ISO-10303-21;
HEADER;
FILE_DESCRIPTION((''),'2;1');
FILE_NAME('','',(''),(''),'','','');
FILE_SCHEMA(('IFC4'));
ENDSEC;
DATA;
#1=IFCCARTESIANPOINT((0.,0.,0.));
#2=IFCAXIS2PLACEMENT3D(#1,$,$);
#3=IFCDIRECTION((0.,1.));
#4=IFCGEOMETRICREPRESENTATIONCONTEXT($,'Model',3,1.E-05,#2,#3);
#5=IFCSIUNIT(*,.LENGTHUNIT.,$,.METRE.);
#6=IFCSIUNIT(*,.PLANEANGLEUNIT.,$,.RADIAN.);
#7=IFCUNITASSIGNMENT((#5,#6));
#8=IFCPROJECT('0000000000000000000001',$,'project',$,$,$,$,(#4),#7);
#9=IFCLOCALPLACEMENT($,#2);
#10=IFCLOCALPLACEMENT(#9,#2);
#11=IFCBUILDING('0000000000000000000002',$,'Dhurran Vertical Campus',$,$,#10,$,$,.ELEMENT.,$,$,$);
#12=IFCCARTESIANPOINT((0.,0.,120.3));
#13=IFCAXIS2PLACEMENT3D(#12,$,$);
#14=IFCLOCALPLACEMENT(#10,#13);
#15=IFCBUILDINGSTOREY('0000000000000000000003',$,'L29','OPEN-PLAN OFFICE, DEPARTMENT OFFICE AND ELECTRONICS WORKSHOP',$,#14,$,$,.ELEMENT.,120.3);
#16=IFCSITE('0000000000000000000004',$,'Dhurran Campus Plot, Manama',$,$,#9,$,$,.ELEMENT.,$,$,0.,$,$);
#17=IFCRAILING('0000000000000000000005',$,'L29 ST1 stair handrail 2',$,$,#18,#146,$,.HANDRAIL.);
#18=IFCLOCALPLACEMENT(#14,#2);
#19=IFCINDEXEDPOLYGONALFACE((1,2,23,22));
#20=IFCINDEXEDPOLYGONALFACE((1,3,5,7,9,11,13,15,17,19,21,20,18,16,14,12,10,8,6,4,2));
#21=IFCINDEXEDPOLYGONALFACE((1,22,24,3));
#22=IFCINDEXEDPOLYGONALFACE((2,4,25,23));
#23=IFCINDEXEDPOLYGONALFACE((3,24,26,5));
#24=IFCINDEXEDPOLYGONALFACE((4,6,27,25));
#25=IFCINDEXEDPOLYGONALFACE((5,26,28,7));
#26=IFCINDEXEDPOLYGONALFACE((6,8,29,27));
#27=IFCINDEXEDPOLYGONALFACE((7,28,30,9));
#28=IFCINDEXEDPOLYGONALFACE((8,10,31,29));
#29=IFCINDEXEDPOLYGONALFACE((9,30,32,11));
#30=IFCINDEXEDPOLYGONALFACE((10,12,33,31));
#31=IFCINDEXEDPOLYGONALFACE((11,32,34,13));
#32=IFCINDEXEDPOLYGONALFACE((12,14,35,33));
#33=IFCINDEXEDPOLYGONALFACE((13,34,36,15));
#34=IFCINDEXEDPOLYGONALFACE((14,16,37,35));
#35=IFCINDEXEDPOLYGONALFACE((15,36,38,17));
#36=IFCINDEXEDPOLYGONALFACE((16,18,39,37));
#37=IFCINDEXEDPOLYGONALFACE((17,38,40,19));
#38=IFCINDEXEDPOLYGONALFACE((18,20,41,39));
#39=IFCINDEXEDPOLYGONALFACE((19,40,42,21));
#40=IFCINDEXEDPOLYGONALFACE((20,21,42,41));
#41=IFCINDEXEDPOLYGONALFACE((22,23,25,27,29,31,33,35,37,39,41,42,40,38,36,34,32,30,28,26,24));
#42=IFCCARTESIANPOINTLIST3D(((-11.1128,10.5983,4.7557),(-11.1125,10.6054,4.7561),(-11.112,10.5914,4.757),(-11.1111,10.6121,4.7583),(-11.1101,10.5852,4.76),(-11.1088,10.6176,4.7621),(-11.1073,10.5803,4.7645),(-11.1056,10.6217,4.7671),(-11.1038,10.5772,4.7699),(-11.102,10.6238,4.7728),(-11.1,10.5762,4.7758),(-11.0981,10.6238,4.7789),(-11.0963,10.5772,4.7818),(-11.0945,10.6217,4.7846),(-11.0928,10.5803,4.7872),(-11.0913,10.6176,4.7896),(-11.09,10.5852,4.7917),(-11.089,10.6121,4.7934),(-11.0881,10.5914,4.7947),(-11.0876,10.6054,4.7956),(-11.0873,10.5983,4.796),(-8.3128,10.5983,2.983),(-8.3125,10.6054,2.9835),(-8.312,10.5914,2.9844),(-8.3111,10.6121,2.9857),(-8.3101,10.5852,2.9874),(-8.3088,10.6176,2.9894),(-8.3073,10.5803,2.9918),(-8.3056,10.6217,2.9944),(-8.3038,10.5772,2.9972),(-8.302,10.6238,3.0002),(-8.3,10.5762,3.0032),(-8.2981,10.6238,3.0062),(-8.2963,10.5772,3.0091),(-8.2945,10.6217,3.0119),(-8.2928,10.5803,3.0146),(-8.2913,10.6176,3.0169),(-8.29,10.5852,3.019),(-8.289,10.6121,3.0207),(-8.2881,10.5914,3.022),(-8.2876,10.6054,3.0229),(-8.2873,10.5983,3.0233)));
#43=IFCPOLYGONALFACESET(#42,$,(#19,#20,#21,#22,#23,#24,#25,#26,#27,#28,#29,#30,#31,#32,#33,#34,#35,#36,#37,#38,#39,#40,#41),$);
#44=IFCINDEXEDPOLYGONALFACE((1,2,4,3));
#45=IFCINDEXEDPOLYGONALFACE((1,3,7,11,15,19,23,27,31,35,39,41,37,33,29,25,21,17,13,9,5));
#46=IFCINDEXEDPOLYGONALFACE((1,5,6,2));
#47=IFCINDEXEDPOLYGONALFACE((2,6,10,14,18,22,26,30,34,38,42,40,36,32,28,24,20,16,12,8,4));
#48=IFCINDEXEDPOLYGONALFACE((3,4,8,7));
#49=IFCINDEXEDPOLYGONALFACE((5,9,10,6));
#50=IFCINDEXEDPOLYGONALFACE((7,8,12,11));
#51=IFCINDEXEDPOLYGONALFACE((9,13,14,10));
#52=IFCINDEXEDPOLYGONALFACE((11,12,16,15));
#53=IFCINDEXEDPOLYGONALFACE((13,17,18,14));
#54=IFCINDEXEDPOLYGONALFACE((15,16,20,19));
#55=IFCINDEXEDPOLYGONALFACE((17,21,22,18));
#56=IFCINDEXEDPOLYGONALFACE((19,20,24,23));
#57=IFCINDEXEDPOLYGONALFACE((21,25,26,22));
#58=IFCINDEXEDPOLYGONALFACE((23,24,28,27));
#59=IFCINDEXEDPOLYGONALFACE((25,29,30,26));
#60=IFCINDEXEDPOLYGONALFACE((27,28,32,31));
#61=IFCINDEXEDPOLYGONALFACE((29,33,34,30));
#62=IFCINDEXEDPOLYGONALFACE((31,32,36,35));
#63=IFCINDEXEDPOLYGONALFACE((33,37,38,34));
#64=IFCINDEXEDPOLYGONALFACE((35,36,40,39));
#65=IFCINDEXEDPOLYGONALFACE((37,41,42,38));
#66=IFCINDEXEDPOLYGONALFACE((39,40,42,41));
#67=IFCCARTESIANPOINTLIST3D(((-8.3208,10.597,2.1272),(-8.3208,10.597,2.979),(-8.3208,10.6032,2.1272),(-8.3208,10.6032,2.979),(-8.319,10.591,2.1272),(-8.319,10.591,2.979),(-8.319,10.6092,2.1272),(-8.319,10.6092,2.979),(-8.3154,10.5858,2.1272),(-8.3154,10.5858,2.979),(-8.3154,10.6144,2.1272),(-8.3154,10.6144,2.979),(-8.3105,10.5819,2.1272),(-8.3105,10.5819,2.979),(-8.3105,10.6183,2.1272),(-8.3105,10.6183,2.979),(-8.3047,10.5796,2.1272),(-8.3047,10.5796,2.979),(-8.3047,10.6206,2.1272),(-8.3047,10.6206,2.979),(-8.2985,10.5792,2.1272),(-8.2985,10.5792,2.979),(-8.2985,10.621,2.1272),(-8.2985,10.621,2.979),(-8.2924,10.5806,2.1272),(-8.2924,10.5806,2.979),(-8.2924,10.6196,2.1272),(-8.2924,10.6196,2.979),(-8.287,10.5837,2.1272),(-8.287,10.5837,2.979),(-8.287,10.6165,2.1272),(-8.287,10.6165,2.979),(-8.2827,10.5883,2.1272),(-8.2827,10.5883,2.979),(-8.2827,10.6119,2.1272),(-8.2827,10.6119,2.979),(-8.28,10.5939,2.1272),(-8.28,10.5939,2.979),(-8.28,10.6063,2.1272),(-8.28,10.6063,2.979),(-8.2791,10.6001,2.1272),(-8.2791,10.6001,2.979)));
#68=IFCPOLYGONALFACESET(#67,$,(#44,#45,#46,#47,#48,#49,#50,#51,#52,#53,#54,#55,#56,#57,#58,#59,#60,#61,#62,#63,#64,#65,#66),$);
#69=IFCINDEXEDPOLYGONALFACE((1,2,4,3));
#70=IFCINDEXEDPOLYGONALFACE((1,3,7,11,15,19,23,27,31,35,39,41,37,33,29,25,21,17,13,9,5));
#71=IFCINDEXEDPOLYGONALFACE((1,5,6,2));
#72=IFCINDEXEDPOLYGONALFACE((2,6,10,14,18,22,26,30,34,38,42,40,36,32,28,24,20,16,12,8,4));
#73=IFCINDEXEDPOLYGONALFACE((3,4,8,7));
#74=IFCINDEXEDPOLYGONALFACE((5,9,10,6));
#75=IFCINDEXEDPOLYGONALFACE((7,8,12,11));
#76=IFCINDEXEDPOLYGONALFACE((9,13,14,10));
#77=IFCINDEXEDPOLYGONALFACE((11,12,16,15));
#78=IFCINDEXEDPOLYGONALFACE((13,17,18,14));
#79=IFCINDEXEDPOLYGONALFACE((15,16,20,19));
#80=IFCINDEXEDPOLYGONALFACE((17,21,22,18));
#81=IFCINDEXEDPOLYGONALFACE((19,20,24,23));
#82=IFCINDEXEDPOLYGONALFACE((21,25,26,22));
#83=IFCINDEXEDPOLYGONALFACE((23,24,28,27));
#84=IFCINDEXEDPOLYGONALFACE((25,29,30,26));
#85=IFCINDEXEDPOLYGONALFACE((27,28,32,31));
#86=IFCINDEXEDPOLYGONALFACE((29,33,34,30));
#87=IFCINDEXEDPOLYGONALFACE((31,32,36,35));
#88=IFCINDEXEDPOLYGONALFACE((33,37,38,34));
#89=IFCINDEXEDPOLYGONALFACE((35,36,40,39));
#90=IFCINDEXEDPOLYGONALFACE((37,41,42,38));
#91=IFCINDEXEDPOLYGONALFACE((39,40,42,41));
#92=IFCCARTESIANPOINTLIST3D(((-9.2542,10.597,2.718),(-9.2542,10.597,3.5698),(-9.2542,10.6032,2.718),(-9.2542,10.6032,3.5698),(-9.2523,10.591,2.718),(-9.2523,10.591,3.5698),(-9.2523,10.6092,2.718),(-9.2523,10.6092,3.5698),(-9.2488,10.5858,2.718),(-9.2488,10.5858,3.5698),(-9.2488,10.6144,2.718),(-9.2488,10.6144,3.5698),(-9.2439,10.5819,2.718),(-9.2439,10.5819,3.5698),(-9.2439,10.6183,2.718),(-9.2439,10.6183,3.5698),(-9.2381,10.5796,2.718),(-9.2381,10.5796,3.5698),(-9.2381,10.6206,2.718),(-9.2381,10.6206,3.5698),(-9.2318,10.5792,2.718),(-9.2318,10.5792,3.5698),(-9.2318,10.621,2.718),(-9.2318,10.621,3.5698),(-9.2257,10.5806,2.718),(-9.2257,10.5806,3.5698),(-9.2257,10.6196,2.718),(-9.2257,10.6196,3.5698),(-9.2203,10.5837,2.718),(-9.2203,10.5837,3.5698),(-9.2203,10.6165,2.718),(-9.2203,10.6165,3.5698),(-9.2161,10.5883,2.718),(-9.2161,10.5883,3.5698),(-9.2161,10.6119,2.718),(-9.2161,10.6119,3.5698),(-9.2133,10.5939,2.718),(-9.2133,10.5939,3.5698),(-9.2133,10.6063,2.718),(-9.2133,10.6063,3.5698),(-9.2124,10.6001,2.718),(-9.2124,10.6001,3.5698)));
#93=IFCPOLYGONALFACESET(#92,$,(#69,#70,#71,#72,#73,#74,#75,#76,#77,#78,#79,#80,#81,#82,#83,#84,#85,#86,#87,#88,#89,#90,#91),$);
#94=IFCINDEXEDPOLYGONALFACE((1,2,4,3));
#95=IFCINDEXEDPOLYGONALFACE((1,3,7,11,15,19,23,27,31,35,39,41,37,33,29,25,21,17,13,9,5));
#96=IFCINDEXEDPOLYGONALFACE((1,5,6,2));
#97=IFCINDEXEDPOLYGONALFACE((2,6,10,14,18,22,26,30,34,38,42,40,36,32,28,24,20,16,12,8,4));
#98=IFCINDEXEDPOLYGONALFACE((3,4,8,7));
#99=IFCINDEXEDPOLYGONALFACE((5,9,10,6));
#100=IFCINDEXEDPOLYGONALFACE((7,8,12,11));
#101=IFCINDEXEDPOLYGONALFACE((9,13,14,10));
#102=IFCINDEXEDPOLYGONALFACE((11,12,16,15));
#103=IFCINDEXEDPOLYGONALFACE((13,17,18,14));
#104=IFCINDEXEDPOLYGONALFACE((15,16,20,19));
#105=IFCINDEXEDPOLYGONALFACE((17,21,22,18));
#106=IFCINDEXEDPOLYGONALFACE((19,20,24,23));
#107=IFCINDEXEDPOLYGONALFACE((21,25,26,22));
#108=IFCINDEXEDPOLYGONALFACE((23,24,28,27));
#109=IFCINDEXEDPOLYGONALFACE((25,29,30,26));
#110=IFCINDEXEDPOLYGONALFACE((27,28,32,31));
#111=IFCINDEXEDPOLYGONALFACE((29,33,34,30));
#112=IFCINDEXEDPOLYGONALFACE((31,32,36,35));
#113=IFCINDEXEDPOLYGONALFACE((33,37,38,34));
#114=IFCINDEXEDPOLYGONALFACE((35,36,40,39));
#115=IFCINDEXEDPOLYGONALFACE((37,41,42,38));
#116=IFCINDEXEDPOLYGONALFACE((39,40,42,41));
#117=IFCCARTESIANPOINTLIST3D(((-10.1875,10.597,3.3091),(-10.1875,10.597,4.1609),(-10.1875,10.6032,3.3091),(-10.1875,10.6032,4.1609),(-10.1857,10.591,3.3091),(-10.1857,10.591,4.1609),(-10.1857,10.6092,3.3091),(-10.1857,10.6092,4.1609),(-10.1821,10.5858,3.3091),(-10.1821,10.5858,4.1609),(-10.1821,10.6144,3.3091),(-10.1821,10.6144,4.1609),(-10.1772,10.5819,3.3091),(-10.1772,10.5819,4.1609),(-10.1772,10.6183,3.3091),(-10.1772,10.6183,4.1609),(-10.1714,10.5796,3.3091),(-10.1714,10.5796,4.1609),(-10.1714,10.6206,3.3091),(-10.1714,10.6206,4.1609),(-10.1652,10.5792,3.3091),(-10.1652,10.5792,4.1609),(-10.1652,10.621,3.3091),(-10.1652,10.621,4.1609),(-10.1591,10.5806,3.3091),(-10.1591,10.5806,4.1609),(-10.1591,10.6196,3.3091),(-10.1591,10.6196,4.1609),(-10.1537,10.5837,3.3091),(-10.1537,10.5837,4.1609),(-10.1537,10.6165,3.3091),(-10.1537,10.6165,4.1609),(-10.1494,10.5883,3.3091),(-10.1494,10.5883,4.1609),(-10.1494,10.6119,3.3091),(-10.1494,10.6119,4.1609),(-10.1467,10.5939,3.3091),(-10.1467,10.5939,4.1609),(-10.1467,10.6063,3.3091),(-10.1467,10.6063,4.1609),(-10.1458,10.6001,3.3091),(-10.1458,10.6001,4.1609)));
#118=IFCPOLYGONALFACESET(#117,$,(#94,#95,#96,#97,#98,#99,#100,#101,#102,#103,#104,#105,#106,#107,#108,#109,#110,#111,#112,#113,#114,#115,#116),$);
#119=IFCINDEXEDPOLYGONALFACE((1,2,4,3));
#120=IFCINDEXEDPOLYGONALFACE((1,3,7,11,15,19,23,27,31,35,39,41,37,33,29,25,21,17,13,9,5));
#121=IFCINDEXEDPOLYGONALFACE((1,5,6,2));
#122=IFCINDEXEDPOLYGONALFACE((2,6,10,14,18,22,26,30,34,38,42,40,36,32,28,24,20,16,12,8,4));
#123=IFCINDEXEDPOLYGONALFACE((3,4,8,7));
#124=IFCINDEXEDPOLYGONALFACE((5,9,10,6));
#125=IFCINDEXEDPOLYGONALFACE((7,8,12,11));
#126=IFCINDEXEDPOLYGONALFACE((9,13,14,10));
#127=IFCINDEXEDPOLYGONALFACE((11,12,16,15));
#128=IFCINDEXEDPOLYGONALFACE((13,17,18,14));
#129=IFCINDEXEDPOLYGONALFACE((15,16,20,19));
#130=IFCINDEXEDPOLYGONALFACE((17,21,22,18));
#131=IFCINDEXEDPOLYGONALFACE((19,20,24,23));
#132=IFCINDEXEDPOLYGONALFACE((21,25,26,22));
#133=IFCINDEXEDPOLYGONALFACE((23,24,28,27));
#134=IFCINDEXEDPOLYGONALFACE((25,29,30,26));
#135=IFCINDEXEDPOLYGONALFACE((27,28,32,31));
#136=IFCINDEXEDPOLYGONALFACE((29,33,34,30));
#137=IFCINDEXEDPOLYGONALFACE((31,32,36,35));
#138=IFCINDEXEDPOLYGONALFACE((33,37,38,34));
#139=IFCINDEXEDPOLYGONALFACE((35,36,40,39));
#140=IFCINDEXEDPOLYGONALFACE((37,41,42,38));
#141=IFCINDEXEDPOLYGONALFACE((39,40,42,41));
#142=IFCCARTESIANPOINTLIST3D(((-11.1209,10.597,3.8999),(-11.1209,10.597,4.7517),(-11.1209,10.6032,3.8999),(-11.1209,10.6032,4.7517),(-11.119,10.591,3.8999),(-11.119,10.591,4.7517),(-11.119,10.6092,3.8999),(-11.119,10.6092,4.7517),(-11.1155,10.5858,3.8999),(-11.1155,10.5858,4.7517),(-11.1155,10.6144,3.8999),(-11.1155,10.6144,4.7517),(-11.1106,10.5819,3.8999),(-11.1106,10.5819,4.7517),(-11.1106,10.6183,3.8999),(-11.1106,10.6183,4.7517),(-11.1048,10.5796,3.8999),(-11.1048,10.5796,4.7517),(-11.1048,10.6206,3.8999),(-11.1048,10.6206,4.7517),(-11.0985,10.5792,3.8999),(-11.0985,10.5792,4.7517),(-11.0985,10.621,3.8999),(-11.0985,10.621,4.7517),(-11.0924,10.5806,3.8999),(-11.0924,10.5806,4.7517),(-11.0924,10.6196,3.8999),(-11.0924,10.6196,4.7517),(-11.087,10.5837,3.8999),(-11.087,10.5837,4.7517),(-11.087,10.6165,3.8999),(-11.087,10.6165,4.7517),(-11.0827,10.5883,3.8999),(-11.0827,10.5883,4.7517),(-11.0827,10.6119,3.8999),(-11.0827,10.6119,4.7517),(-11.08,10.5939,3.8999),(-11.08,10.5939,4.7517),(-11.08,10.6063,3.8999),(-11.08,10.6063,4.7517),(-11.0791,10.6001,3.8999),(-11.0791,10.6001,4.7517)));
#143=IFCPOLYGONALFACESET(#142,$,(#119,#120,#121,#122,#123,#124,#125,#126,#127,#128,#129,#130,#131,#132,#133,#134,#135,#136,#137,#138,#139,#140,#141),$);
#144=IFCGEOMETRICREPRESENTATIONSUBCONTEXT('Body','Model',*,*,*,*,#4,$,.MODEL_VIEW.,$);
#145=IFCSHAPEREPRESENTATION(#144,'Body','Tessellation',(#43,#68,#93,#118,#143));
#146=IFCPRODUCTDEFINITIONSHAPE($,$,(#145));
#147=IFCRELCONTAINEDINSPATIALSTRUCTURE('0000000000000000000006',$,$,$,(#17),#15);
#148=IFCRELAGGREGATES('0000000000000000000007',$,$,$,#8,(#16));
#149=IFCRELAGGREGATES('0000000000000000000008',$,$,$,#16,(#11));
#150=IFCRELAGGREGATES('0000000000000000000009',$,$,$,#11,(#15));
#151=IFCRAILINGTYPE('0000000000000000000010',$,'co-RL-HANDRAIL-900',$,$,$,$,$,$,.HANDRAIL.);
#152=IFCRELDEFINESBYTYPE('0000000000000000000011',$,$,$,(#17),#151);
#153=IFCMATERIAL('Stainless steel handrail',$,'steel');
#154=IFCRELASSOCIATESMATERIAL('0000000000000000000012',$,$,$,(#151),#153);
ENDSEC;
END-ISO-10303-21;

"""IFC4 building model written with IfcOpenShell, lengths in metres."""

from ifc_helpers import new_model, si_unit, direction, frame, origin, origin_2d, place, context, subcontext, project, spatial, circle, extrude, material, type_object, element, save


model = new_model("IFC4")

# Units and contexts
model_context = context("Model", 3, precision=1e-05, world=origin(), true_north=direction((0.0, 1.0)))
body_context = subcontext(model_context, "Body", "Model", "MODEL_VIEW")
ifc_project = project(units=[si_unit("LENGTHUNIT", "METRE"), si_unit("PLANEANGLEUNIT", "RADIAN")], contexts=[model_context])

# Site, building, storey
site_placement = place(None, origin())
site = spatial("IfcSite", under=ifc_project, at=site_placement, Name="Dhurran Campus Plot, Manama", CompositionType="ELEMENT", RefElevation=0.0)
building_placement = place(site_placement, origin())
building = spatial("IfcBuilding", under=site, at=building_placement, Name="Dhurran Vertical Campus", CompositionType="ELEMENT")
storey_placement = place(building_placement, frame((0.0, 0.0, 120.3)))
storey = spatial("IfcBuildingStorey", under=building, at=storey_placement, Name="L29", Description="OPEN-PLAN OFFICE, DEPARTMENT OFFICE AND ELECTRONICS WORKSHOP", CompositionType="ELEMENT", Elevation=120.3)

# Railing
ifc_material_1 = material(Name="Stainless steel handrail", Category="steel")
railing_type_1 = type_object("IfcRailingType", Name="co-RL-HANDRAIL-900", PredefinedType="HANDRAIL", material=ifc_material_1)
railing_1_placement = place(storey_placement, frame((-8.3, 10.6001, 2.1272)))
element("IfcRailing", 1, at=railing_1_placement, inside=storey, type_object=railing_type_1, Name="L29 ST1 stair handrail 2", PredefinedType="HANDRAIL", context=body_context, shape_type="SweptSolid", body=[
    extrude(circle(Radius=0.0239, at=origin_2d()), frame((0.0, 0.0, 0.876), z_axis=(-0.844909, 0.0, 0.53491), x_axis=(0.0, -1.0, 0.0)), (0.0, 0.0, 1.0), 3.314),
    extrude(circle(Radius=0.021, at=origin_2d()), origin(), (0.0, 0.0, 1.0), 0.8518),
    extrude(circle(Radius=0.021, at=origin_2d()), frame((-0.9333, 0.0, 0.5908)), (0.0, 0.0, 1.0), 0.8518),
    extrude(circle(Radius=0.021, at=origin_2d()), frame((-1.8667, 0.0, 1.1819)), (0.0, 0.0, 1.0), 0.8518),
    extrude(circle(Radius=0.021, at=origin_2d()), frame((-2.8, 0.0, 1.7727)), (0.0, 0.0, 1.0), 0.8518),
])

save(model, "model.ifc")
